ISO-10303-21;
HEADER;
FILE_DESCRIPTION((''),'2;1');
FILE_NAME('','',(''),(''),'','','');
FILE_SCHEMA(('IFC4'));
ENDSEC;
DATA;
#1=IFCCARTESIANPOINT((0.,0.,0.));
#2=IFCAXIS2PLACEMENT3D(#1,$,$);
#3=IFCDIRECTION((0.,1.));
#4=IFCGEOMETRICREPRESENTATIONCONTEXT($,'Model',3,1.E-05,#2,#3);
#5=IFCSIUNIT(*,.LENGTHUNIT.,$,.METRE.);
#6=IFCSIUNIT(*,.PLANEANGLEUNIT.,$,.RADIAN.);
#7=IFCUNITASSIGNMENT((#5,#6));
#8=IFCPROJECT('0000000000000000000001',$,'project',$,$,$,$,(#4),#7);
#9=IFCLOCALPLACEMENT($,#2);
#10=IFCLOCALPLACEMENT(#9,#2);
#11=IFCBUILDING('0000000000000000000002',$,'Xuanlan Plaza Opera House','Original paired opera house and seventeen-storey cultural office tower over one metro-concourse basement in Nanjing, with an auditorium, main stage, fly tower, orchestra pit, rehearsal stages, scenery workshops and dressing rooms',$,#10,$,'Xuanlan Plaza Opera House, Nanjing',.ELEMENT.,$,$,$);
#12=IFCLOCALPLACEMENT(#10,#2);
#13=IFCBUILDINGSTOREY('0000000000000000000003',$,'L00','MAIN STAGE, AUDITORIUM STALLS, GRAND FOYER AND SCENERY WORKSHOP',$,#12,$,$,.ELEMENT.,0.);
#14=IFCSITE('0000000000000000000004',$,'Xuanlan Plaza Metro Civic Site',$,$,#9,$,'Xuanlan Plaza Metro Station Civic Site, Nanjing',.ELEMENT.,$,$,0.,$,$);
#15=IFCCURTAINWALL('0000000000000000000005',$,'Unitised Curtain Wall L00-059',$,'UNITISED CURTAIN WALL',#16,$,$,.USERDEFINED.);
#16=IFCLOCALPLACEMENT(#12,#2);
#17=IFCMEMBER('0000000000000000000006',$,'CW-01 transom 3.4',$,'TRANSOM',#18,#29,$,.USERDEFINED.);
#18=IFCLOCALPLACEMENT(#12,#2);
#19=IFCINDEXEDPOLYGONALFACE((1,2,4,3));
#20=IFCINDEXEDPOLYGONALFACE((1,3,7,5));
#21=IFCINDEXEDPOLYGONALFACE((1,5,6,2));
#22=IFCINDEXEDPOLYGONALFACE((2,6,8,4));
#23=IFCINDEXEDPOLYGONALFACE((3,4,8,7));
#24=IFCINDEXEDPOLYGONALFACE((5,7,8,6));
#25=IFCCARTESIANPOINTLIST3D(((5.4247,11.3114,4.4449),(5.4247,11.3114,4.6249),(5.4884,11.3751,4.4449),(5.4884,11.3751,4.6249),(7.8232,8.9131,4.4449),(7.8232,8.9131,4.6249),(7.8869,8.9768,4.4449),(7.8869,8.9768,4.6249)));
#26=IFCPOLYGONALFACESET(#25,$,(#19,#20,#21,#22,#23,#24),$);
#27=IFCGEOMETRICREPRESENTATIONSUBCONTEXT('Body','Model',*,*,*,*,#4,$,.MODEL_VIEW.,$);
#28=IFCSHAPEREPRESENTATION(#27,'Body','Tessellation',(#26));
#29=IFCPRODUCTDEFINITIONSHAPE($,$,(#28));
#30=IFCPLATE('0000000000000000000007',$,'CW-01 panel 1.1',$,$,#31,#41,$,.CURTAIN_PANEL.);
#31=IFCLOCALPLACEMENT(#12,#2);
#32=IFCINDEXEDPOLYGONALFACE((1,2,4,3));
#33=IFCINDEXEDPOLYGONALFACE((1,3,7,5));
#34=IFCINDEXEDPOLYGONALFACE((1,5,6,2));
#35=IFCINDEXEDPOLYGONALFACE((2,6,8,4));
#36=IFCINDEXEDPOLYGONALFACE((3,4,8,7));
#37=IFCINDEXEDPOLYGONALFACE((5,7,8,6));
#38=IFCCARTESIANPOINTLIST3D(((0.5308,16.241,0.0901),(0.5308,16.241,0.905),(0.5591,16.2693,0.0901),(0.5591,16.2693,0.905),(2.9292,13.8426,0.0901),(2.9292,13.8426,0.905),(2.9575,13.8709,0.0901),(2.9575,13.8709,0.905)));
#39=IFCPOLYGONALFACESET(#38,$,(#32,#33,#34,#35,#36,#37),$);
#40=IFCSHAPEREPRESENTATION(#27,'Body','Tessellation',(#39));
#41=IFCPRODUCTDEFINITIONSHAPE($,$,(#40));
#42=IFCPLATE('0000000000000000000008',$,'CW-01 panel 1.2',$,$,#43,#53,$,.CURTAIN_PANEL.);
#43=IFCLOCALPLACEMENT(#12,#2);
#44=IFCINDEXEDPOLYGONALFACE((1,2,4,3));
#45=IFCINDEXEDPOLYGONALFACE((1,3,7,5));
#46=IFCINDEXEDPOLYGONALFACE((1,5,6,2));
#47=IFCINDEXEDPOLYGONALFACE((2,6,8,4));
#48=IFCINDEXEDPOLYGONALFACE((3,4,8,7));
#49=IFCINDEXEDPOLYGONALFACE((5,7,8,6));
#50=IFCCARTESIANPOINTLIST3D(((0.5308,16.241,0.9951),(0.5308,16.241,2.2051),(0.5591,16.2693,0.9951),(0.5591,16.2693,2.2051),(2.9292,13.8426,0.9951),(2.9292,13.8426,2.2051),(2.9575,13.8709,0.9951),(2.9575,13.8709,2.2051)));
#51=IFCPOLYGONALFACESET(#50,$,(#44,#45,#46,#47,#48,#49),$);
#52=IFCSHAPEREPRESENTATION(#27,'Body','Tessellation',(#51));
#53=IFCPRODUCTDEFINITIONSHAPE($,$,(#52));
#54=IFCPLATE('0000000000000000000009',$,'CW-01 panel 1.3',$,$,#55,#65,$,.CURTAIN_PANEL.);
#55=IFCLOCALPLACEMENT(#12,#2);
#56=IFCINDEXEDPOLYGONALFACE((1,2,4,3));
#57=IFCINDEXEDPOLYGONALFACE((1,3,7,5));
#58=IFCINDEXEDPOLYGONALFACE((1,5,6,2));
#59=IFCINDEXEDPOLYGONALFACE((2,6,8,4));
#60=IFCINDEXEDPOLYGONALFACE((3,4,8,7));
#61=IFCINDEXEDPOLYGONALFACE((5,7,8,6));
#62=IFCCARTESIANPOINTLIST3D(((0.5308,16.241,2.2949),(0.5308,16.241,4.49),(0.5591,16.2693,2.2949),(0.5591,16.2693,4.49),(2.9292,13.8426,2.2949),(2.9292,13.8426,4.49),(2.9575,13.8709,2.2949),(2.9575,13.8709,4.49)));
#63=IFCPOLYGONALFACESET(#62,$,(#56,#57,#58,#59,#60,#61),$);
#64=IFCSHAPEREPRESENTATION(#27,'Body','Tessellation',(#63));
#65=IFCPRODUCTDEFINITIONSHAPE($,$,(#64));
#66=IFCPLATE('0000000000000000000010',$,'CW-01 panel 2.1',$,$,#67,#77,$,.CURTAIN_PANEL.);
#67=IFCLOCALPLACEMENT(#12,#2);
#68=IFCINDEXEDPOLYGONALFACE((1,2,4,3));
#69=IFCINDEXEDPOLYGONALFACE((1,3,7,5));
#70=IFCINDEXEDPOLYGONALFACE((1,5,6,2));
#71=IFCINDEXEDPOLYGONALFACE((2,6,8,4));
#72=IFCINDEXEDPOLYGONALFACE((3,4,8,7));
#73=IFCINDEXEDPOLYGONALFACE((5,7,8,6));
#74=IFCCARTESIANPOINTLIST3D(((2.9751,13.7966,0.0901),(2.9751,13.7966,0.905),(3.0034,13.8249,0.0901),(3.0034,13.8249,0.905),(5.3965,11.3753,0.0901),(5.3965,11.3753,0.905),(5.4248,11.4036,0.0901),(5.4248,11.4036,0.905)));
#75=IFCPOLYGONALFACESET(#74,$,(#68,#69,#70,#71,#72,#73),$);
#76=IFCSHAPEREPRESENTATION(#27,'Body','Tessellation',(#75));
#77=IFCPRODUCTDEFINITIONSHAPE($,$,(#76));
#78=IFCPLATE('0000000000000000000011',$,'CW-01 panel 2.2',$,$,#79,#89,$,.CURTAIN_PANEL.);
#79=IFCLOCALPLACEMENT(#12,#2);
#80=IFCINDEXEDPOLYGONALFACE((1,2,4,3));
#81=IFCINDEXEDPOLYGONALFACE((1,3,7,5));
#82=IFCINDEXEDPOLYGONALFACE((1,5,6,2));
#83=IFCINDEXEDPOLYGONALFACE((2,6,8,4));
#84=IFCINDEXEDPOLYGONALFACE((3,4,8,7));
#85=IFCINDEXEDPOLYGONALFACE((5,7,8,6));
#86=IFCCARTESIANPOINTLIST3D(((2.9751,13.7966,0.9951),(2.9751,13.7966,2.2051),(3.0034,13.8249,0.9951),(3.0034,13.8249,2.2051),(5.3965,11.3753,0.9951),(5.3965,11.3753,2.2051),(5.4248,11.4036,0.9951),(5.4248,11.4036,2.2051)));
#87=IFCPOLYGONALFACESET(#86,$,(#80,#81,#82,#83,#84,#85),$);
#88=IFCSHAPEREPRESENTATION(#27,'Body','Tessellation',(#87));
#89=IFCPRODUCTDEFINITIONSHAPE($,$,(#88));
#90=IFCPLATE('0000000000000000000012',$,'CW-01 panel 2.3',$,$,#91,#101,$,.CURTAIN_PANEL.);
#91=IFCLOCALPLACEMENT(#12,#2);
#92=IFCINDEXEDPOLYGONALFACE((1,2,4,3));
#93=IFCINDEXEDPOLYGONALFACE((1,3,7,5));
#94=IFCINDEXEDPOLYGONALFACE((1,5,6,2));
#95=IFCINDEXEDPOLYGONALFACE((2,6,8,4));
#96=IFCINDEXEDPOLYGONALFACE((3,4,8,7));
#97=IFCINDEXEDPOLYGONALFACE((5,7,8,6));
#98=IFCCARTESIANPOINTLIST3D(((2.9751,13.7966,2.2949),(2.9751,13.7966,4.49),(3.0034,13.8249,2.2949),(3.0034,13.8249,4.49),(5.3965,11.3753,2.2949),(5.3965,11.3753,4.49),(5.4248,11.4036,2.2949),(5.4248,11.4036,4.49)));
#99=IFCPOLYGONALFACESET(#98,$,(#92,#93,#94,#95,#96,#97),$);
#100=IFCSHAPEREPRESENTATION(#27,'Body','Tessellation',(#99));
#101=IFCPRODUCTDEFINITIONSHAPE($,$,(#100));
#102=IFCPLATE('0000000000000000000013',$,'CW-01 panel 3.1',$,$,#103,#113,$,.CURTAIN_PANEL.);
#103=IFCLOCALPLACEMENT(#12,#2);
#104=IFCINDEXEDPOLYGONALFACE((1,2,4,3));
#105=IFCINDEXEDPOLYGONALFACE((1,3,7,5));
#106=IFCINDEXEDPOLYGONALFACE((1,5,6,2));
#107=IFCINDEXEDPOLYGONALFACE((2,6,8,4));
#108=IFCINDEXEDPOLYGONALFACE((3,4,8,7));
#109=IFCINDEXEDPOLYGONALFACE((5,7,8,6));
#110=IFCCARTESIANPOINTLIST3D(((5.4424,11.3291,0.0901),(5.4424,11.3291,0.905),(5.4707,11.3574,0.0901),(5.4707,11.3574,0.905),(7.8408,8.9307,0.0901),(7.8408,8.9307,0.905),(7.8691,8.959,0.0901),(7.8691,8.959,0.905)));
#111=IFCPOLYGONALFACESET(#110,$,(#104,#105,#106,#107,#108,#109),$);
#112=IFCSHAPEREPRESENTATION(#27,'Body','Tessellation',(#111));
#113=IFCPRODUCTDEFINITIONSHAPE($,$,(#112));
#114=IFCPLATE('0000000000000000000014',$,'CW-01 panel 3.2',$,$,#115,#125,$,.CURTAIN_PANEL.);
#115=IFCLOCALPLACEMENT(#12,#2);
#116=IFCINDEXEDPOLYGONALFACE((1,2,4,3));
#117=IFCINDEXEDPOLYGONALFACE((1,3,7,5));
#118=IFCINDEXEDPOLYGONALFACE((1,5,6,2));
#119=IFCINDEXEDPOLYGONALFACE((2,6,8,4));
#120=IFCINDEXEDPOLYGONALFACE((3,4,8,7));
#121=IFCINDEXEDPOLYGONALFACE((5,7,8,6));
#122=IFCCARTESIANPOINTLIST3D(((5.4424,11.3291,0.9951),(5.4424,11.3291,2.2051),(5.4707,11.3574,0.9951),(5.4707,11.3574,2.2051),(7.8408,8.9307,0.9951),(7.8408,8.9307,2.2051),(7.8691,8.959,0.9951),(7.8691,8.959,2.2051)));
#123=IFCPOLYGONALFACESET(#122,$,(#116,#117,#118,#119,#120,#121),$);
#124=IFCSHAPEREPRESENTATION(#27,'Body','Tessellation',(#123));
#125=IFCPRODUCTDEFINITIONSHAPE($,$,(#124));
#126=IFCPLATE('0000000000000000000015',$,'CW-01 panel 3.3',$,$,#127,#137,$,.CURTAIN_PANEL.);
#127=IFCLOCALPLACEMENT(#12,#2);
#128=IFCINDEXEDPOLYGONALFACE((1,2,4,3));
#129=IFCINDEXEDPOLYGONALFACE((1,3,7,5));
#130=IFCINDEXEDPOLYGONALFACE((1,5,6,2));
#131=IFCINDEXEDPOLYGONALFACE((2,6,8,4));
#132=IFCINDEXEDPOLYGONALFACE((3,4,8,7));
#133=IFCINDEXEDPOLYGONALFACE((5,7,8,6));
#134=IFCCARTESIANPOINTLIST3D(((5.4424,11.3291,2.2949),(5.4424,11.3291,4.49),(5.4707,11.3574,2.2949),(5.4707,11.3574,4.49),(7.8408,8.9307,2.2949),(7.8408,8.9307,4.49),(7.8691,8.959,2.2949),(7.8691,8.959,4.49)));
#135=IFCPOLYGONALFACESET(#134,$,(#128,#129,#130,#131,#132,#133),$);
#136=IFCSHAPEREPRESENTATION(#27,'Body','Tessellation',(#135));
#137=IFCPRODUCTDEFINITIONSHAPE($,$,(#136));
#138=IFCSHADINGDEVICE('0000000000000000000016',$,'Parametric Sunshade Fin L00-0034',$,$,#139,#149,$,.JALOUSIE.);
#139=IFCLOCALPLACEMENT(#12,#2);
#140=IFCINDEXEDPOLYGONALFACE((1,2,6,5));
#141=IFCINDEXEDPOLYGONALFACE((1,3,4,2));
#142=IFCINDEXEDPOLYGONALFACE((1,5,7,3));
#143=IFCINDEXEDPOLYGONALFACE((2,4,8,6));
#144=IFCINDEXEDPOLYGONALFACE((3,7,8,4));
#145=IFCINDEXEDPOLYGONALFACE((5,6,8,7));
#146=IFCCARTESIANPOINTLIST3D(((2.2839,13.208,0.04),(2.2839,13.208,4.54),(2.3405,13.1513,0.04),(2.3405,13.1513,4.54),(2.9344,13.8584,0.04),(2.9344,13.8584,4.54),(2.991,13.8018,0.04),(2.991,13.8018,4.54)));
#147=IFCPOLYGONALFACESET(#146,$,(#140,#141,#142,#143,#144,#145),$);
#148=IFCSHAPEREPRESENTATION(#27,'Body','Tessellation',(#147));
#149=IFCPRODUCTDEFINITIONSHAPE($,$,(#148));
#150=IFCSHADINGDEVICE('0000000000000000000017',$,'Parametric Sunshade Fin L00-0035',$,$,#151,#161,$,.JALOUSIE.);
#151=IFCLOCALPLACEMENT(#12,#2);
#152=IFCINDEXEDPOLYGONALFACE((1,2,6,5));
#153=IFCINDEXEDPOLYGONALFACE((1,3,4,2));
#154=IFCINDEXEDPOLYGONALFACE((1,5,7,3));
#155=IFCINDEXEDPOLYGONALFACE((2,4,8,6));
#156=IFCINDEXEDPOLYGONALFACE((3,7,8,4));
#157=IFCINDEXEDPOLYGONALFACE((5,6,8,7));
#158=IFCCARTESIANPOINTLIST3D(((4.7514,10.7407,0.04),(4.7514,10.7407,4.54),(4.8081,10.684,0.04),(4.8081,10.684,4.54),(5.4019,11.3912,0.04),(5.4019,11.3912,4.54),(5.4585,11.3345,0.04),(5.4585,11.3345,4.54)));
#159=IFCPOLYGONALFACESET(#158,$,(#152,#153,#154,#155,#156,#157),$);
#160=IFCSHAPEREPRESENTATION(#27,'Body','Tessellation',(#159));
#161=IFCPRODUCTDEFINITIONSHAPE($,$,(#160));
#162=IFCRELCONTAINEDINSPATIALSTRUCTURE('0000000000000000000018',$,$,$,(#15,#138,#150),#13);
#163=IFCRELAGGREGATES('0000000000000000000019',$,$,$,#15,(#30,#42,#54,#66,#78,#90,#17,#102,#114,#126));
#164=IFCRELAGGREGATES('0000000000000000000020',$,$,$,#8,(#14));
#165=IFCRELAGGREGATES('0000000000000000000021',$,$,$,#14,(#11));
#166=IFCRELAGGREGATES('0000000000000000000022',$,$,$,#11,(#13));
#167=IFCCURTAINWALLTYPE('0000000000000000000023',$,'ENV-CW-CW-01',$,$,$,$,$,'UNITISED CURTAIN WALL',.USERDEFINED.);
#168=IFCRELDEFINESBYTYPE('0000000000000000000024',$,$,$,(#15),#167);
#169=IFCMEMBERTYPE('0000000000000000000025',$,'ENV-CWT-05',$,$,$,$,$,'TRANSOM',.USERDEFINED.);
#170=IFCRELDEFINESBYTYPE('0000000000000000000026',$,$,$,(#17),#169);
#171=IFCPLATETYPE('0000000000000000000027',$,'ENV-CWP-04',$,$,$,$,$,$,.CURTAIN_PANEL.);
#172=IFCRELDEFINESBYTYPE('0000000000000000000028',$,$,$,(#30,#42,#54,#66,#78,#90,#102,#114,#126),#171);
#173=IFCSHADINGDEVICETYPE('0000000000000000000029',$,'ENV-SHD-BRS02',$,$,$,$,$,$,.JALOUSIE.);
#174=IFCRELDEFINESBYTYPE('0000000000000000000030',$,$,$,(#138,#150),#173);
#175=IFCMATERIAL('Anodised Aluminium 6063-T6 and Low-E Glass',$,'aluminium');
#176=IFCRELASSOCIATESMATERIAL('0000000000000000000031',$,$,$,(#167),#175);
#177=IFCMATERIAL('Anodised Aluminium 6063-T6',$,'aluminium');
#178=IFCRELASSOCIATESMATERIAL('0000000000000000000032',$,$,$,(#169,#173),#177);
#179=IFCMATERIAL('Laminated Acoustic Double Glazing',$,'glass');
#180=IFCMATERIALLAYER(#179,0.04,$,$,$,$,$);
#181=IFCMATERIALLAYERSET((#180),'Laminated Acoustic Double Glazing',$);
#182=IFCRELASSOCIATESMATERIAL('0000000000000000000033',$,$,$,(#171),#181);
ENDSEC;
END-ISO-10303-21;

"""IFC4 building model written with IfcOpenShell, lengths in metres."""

from ifc_helpers import new_model, si_unit, direction, frame, origin, origin_2d, place, context, subcontext, project, spatial, rectangle, extrude, material, layer, layer_set, material_profile, profile_set, type_object, element, aggregate, save


model = new_model("IFC4")

# Units and contexts
model_context = context("Model", 3, precision=1e-05, world=origin(), true_north=direction((0.0, 1.0)))
body_context = subcontext(model_context, "Body", "Model", "MODEL_VIEW")
ifc_project = project(units=[si_unit("LENGTHUNIT", "METRE"), si_unit("PLANEANGLEUNIT", "RADIAN")], contexts=[model_context])

# Site, building, storey
site_placement = place(None, origin())
site = spatial("IfcSite", under=ifc_project, at=site_placement, Name="Xuanlan Plaza Metro Civic Site", LongName="Xuanlan Plaza Metro Station Civic Site, Nanjing", CompositionType="ELEMENT", RefElevation=0.0)
building_placement = place(site_placement, origin())
building = spatial("IfcBuilding", under=site, at=building_placement, Name="Xuanlan Plaza Opera House", Description="Original paired opera house and seventeen-storey cultural office tower over one metro-concourse basement in Nanjing, with an auditorium, main stage, fly tower, orchestra pit, rehearsal stages, scenery workshops and dressing rooms", LongName="Xuanlan Plaza Opera House, Nanjing", CompositionType="ELEMENT")
storey_placement = place(building_placement, origin())
storey = spatial("IfcBuildingStorey", under=building, at=storey_placement, Name="L00", Description="MAIN STAGE, AUDITORIUM STALLS, GRAND FOYER AND SCENERY WORKSHOP", CompositionType="ELEMENT", Elevation=0.0)

# Curtain wall, member, plates
ifc_material_1 = material(Name="Anodised Aluminium 6063-T6 and Low-E Glass", Category="aluminium")
curtain_wall_type = type_object("IfcCurtainWallType", Name="ENV-CW-CW-01", ElementType="UNITISED CURTAIN WALL", PredefinedType="USERDEFINED", material=ifc_material_1)
curtain_wall_placement = place(storey_placement, origin())
curtain_wall = element("IfcCurtainWall", 1, at=curtain_wall_placement, inside=storey, type_object=curtain_wall_type, Name="Unitised Curtain Wall L00-059", ObjectType="UNITISED CURTAIN WALL", PredefinedType="USERDEFINED")
ifc_material_2 = material(Name="Anodised Aluminium 6063-T6", Category="aluminium")
ifc_material_profile_1 = material_profile(ifc_material_2, rectangle(XDim=0.0901, YDim=0.1799, at=origin_2d()), Name="ALU-T 90x180")
ifc_profile_set_1 = profile_set([ifc_material_profile_1], Name="Anodised Aluminium 6063-T6")
member_type_1 = type_object("IfcMemberType", Name="ENV-CWT-05", ElementType="TRANSOM", PredefinedType="USERDEFINED", material=ifc_profile_set_1)
member_1_placement = place(storey_placement, frame((5.4565, 11.3433, 4.5349), z_axis=(0.707143, -0.707071, 0.0), x_axis=(0.707071, 0.707143, 0.0)))
member_1 = element("IfcMember", 2, at=member_1_placement, type_object=member_type_1, Name="CW-01 transom 3.4", ObjectType="TRANSOM", PredefinedType="USERDEFINED", context=body_context, shape_type="SweptSolid", body=[
    extrude(rectangle(XDim=0.0901, YDim=0.1799, at=origin_2d()), origin(), (0.0, 0.0, 1.0), 3.3918),
])
ifc_material_3 = material(Name="Laminated Acoustic Double Glazing", Category="glass")
ifc_layer = layer(ifc_material_3, 0.04)
ifc_layer_set = layer_set([ifc_layer], Name="Laminated Acoustic Double Glazing")
plate_type = type_object("IfcPlateType", Name="ENV-CWP-04", PredefinedType="CURTAIN_PANEL", material=ifc_layer_set)
plate_1_placement = place(storey_placement, frame((1.7441, 15.0559, 0.0901), z_axis=(0.0, 0.0, 1.0), x_axis=(0.707107, -0.707107, 0.0)))
plate_1 = element("IfcPlate", 3, at=plate_1_placement, type_object=plate_type, Name="CW-01 panel 1.1", PredefinedType="CURTAIN_PANEL", context=body_context, shape_type="SweptSolid", body=[
    extrude(rectangle(XDim=3.3918, YDim=0.04, at=origin_2d()), origin(), (0.0, 0.0, 1.0), 0.8149),
])
plate_2_placement = place(storey_placement, frame((1.7441, 15.0559, 0.9951), z_axis=(0.0, 0.0, 1.0), x_axis=(0.707107, -0.707107, 0.0)))
plate_2 = element("IfcPlate", 4, at=plate_2_placement, type_object=plate_type, Name="CW-01 panel 1.2", PredefinedType="CURTAIN_PANEL", context=body_context, shape_type="SweptSolid", body=[
    extrude(rectangle(XDim=3.3918, YDim=0.04, at=origin_2d()), origin(), (0.0, 0.0, 1.0), 1.21),
])
plate_3_placement = place(storey_placement, frame((1.7441, 15.0559, 2.2949), z_axis=(0.0, 0.0, 1.0), x_axis=(0.707107, -0.707107, 0.0)))
plate_3 = element("IfcPlate", 5, at=plate_3_placement, type_object=plate_type, Name="CW-01 panel 1.3", PredefinedType="CURTAIN_PANEL", context=body_context, shape_type="SweptSolid", body=[
    extrude(rectangle(XDim=3.3918, YDim=0.04, at=origin_2d()), origin(), (0.0, 0.0, 1.0), 2.1951),
])
plate_4_placement = place(storey_placement, frame((4.2, 12.6001, 0.0901), z_axis=(0.0, 0.0, 1.0), x_axis=(0.707107, -0.707107, 0.0)))
plate_4 = element("IfcPlate", 6, at=plate_4_placement, type_object=plate_type, Name="CW-01 panel 2.1", PredefinedType="CURTAIN_PANEL", context=body_context, shape_type="SweptSolid", body=[
    extrude(rectangle(XDim=3.4243, YDim=0.04, at=origin_2d()), origin(), (0.0, 0.0, 1.0), 0.8149),
])
plate_5_placement = place(storey_placement, frame((4.2, 12.6001, 0.9951), z_axis=(0.0, 0.0, 1.0), x_axis=(0.707107, -0.707107, 0.0)))
plate_5 = element("IfcPlate", 7, at=plate_5_placement, type_object=plate_type, Name="CW-01 panel 2.2", PredefinedType="CURTAIN_PANEL", context=body_context, shape_type="SweptSolid", body=[
    extrude(rectangle(XDim=3.4243, YDim=0.04, at=origin_2d()), origin(), (0.0, 0.0, 1.0), 1.21),
])
plate_6_placement = place(storey_placement, frame((4.2, 12.6001, 2.2949), z_axis=(0.0, 0.0, 1.0), x_axis=(0.707107, -0.707107, 0.0)))
plate_6 = element("IfcPlate", 8, at=plate_6_placement, type_object=plate_type, Name="CW-01 panel 2.3", PredefinedType="CURTAIN_PANEL", context=body_context, shape_type="SweptSolid", body=[
    extrude(rectangle(XDim=3.4243, YDim=0.04, at=origin_2d()), origin(), (0.0, 0.0, 1.0), 2.1951),
])
plate_7_placement = place(storey_placement, frame((6.6558, 10.144, 0.0901), z_axis=(0.0, 0.0, 1.0), x_axis=(0.707107, -0.707107, 0.0)))
plate_7 = element("IfcPlate", 9, at=plate_7_placement, type_object=plate_type, Name="CW-01 panel 3.1", PredefinedType="CURTAIN_PANEL", context=body_context, shape_type="SweptSolid", body=[
    extrude(rectangle(XDim=3.3918, YDim=0.04, at=origin_2d()), origin(), (0.0, 0.0, 1.0), 0.8149),
])
plate_8_placement = place(storey_placement, frame((6.6558, 10.144, 0.9951), z_axis=(0.0, 0.0, 1.0), x_axis=(0.707107, -0.707107, 0.0)))
plate_8 = element("IfcPlate", 10, at=plate_8_placement, type_object=plate_type, Name="CW-01 panel 3.2", PredefinedType="CURTAIN_PANEL", context=body_context, shape_type="SweptSolid", body=[
    extrude(rectangle(XDim=3.3918, YDim=0.04, at=origin_2d()), origin(), (0.0, 0.0, 1.0), 1.21),
])
plate_9_placement = place(storey_placement, frame((6.6558, 10.144, 2.2949), z_axis=(0.0, 0.0, 1.0), x_axis=(0.707107, -0.707107, 0.0)))
plate_9 = element("IfcPlate", 11, at=plate_9_placement, type_object=plate_type, Name="CW-01 panel 3.3", PredefinedType="CURTAIN_PANEL", context=body_context, shape_type="SweptSolid", body=[
    extrude(rectangle(XDim=3.3918, YDim=0.04, at=origin_2d()), origin(), (0.0, 0.0, 1.0), 2.1951),
])
aggregate(curtain_wall, [plate_1, plate_2, plate_3, plate_4, plate_5, plate_6, member_1, plate_7, plate_8, plate_9])

# Shading devices
shading_device_type = type_object("IfcShadingDeviceType", Name="ENV-SHD-BRS02", PredefinedType="JALOUSIE", material=ifc_material_2)
for number, where, z_axis, x_axis, name in (
    (12, (2.6375, 13.5049, 0.04), (0.0, 0.0, 1.0), (-0.707107, -0.707107, 0.0), "Parametric Sunshade Fin L00-0034"),
    (13, (5.105, 11.0376, 0.04), (0.0, 0.0, 1.0), (-0.707107, -0.707107, 0.0), "Parametric Sunshade Fin L00-0035"),
):
    element("IfcShadingDevice", number, at=place(storey_placement, frame(where, z_axis=z_axis, x_axis=x_axis)), inside=storey, type_object=shading_device_type, Name=name, PredefinedType="JALOUSIE", context=body_context, shape_type="SweptSolid", body=[
        extrude(rectangle(XDim=0.9199, YDim=0.0801, at=origin_2d()), origin(), (0.0, 0.0, 1.0), 4.5),
    ])

save(model, "model.ifc")
